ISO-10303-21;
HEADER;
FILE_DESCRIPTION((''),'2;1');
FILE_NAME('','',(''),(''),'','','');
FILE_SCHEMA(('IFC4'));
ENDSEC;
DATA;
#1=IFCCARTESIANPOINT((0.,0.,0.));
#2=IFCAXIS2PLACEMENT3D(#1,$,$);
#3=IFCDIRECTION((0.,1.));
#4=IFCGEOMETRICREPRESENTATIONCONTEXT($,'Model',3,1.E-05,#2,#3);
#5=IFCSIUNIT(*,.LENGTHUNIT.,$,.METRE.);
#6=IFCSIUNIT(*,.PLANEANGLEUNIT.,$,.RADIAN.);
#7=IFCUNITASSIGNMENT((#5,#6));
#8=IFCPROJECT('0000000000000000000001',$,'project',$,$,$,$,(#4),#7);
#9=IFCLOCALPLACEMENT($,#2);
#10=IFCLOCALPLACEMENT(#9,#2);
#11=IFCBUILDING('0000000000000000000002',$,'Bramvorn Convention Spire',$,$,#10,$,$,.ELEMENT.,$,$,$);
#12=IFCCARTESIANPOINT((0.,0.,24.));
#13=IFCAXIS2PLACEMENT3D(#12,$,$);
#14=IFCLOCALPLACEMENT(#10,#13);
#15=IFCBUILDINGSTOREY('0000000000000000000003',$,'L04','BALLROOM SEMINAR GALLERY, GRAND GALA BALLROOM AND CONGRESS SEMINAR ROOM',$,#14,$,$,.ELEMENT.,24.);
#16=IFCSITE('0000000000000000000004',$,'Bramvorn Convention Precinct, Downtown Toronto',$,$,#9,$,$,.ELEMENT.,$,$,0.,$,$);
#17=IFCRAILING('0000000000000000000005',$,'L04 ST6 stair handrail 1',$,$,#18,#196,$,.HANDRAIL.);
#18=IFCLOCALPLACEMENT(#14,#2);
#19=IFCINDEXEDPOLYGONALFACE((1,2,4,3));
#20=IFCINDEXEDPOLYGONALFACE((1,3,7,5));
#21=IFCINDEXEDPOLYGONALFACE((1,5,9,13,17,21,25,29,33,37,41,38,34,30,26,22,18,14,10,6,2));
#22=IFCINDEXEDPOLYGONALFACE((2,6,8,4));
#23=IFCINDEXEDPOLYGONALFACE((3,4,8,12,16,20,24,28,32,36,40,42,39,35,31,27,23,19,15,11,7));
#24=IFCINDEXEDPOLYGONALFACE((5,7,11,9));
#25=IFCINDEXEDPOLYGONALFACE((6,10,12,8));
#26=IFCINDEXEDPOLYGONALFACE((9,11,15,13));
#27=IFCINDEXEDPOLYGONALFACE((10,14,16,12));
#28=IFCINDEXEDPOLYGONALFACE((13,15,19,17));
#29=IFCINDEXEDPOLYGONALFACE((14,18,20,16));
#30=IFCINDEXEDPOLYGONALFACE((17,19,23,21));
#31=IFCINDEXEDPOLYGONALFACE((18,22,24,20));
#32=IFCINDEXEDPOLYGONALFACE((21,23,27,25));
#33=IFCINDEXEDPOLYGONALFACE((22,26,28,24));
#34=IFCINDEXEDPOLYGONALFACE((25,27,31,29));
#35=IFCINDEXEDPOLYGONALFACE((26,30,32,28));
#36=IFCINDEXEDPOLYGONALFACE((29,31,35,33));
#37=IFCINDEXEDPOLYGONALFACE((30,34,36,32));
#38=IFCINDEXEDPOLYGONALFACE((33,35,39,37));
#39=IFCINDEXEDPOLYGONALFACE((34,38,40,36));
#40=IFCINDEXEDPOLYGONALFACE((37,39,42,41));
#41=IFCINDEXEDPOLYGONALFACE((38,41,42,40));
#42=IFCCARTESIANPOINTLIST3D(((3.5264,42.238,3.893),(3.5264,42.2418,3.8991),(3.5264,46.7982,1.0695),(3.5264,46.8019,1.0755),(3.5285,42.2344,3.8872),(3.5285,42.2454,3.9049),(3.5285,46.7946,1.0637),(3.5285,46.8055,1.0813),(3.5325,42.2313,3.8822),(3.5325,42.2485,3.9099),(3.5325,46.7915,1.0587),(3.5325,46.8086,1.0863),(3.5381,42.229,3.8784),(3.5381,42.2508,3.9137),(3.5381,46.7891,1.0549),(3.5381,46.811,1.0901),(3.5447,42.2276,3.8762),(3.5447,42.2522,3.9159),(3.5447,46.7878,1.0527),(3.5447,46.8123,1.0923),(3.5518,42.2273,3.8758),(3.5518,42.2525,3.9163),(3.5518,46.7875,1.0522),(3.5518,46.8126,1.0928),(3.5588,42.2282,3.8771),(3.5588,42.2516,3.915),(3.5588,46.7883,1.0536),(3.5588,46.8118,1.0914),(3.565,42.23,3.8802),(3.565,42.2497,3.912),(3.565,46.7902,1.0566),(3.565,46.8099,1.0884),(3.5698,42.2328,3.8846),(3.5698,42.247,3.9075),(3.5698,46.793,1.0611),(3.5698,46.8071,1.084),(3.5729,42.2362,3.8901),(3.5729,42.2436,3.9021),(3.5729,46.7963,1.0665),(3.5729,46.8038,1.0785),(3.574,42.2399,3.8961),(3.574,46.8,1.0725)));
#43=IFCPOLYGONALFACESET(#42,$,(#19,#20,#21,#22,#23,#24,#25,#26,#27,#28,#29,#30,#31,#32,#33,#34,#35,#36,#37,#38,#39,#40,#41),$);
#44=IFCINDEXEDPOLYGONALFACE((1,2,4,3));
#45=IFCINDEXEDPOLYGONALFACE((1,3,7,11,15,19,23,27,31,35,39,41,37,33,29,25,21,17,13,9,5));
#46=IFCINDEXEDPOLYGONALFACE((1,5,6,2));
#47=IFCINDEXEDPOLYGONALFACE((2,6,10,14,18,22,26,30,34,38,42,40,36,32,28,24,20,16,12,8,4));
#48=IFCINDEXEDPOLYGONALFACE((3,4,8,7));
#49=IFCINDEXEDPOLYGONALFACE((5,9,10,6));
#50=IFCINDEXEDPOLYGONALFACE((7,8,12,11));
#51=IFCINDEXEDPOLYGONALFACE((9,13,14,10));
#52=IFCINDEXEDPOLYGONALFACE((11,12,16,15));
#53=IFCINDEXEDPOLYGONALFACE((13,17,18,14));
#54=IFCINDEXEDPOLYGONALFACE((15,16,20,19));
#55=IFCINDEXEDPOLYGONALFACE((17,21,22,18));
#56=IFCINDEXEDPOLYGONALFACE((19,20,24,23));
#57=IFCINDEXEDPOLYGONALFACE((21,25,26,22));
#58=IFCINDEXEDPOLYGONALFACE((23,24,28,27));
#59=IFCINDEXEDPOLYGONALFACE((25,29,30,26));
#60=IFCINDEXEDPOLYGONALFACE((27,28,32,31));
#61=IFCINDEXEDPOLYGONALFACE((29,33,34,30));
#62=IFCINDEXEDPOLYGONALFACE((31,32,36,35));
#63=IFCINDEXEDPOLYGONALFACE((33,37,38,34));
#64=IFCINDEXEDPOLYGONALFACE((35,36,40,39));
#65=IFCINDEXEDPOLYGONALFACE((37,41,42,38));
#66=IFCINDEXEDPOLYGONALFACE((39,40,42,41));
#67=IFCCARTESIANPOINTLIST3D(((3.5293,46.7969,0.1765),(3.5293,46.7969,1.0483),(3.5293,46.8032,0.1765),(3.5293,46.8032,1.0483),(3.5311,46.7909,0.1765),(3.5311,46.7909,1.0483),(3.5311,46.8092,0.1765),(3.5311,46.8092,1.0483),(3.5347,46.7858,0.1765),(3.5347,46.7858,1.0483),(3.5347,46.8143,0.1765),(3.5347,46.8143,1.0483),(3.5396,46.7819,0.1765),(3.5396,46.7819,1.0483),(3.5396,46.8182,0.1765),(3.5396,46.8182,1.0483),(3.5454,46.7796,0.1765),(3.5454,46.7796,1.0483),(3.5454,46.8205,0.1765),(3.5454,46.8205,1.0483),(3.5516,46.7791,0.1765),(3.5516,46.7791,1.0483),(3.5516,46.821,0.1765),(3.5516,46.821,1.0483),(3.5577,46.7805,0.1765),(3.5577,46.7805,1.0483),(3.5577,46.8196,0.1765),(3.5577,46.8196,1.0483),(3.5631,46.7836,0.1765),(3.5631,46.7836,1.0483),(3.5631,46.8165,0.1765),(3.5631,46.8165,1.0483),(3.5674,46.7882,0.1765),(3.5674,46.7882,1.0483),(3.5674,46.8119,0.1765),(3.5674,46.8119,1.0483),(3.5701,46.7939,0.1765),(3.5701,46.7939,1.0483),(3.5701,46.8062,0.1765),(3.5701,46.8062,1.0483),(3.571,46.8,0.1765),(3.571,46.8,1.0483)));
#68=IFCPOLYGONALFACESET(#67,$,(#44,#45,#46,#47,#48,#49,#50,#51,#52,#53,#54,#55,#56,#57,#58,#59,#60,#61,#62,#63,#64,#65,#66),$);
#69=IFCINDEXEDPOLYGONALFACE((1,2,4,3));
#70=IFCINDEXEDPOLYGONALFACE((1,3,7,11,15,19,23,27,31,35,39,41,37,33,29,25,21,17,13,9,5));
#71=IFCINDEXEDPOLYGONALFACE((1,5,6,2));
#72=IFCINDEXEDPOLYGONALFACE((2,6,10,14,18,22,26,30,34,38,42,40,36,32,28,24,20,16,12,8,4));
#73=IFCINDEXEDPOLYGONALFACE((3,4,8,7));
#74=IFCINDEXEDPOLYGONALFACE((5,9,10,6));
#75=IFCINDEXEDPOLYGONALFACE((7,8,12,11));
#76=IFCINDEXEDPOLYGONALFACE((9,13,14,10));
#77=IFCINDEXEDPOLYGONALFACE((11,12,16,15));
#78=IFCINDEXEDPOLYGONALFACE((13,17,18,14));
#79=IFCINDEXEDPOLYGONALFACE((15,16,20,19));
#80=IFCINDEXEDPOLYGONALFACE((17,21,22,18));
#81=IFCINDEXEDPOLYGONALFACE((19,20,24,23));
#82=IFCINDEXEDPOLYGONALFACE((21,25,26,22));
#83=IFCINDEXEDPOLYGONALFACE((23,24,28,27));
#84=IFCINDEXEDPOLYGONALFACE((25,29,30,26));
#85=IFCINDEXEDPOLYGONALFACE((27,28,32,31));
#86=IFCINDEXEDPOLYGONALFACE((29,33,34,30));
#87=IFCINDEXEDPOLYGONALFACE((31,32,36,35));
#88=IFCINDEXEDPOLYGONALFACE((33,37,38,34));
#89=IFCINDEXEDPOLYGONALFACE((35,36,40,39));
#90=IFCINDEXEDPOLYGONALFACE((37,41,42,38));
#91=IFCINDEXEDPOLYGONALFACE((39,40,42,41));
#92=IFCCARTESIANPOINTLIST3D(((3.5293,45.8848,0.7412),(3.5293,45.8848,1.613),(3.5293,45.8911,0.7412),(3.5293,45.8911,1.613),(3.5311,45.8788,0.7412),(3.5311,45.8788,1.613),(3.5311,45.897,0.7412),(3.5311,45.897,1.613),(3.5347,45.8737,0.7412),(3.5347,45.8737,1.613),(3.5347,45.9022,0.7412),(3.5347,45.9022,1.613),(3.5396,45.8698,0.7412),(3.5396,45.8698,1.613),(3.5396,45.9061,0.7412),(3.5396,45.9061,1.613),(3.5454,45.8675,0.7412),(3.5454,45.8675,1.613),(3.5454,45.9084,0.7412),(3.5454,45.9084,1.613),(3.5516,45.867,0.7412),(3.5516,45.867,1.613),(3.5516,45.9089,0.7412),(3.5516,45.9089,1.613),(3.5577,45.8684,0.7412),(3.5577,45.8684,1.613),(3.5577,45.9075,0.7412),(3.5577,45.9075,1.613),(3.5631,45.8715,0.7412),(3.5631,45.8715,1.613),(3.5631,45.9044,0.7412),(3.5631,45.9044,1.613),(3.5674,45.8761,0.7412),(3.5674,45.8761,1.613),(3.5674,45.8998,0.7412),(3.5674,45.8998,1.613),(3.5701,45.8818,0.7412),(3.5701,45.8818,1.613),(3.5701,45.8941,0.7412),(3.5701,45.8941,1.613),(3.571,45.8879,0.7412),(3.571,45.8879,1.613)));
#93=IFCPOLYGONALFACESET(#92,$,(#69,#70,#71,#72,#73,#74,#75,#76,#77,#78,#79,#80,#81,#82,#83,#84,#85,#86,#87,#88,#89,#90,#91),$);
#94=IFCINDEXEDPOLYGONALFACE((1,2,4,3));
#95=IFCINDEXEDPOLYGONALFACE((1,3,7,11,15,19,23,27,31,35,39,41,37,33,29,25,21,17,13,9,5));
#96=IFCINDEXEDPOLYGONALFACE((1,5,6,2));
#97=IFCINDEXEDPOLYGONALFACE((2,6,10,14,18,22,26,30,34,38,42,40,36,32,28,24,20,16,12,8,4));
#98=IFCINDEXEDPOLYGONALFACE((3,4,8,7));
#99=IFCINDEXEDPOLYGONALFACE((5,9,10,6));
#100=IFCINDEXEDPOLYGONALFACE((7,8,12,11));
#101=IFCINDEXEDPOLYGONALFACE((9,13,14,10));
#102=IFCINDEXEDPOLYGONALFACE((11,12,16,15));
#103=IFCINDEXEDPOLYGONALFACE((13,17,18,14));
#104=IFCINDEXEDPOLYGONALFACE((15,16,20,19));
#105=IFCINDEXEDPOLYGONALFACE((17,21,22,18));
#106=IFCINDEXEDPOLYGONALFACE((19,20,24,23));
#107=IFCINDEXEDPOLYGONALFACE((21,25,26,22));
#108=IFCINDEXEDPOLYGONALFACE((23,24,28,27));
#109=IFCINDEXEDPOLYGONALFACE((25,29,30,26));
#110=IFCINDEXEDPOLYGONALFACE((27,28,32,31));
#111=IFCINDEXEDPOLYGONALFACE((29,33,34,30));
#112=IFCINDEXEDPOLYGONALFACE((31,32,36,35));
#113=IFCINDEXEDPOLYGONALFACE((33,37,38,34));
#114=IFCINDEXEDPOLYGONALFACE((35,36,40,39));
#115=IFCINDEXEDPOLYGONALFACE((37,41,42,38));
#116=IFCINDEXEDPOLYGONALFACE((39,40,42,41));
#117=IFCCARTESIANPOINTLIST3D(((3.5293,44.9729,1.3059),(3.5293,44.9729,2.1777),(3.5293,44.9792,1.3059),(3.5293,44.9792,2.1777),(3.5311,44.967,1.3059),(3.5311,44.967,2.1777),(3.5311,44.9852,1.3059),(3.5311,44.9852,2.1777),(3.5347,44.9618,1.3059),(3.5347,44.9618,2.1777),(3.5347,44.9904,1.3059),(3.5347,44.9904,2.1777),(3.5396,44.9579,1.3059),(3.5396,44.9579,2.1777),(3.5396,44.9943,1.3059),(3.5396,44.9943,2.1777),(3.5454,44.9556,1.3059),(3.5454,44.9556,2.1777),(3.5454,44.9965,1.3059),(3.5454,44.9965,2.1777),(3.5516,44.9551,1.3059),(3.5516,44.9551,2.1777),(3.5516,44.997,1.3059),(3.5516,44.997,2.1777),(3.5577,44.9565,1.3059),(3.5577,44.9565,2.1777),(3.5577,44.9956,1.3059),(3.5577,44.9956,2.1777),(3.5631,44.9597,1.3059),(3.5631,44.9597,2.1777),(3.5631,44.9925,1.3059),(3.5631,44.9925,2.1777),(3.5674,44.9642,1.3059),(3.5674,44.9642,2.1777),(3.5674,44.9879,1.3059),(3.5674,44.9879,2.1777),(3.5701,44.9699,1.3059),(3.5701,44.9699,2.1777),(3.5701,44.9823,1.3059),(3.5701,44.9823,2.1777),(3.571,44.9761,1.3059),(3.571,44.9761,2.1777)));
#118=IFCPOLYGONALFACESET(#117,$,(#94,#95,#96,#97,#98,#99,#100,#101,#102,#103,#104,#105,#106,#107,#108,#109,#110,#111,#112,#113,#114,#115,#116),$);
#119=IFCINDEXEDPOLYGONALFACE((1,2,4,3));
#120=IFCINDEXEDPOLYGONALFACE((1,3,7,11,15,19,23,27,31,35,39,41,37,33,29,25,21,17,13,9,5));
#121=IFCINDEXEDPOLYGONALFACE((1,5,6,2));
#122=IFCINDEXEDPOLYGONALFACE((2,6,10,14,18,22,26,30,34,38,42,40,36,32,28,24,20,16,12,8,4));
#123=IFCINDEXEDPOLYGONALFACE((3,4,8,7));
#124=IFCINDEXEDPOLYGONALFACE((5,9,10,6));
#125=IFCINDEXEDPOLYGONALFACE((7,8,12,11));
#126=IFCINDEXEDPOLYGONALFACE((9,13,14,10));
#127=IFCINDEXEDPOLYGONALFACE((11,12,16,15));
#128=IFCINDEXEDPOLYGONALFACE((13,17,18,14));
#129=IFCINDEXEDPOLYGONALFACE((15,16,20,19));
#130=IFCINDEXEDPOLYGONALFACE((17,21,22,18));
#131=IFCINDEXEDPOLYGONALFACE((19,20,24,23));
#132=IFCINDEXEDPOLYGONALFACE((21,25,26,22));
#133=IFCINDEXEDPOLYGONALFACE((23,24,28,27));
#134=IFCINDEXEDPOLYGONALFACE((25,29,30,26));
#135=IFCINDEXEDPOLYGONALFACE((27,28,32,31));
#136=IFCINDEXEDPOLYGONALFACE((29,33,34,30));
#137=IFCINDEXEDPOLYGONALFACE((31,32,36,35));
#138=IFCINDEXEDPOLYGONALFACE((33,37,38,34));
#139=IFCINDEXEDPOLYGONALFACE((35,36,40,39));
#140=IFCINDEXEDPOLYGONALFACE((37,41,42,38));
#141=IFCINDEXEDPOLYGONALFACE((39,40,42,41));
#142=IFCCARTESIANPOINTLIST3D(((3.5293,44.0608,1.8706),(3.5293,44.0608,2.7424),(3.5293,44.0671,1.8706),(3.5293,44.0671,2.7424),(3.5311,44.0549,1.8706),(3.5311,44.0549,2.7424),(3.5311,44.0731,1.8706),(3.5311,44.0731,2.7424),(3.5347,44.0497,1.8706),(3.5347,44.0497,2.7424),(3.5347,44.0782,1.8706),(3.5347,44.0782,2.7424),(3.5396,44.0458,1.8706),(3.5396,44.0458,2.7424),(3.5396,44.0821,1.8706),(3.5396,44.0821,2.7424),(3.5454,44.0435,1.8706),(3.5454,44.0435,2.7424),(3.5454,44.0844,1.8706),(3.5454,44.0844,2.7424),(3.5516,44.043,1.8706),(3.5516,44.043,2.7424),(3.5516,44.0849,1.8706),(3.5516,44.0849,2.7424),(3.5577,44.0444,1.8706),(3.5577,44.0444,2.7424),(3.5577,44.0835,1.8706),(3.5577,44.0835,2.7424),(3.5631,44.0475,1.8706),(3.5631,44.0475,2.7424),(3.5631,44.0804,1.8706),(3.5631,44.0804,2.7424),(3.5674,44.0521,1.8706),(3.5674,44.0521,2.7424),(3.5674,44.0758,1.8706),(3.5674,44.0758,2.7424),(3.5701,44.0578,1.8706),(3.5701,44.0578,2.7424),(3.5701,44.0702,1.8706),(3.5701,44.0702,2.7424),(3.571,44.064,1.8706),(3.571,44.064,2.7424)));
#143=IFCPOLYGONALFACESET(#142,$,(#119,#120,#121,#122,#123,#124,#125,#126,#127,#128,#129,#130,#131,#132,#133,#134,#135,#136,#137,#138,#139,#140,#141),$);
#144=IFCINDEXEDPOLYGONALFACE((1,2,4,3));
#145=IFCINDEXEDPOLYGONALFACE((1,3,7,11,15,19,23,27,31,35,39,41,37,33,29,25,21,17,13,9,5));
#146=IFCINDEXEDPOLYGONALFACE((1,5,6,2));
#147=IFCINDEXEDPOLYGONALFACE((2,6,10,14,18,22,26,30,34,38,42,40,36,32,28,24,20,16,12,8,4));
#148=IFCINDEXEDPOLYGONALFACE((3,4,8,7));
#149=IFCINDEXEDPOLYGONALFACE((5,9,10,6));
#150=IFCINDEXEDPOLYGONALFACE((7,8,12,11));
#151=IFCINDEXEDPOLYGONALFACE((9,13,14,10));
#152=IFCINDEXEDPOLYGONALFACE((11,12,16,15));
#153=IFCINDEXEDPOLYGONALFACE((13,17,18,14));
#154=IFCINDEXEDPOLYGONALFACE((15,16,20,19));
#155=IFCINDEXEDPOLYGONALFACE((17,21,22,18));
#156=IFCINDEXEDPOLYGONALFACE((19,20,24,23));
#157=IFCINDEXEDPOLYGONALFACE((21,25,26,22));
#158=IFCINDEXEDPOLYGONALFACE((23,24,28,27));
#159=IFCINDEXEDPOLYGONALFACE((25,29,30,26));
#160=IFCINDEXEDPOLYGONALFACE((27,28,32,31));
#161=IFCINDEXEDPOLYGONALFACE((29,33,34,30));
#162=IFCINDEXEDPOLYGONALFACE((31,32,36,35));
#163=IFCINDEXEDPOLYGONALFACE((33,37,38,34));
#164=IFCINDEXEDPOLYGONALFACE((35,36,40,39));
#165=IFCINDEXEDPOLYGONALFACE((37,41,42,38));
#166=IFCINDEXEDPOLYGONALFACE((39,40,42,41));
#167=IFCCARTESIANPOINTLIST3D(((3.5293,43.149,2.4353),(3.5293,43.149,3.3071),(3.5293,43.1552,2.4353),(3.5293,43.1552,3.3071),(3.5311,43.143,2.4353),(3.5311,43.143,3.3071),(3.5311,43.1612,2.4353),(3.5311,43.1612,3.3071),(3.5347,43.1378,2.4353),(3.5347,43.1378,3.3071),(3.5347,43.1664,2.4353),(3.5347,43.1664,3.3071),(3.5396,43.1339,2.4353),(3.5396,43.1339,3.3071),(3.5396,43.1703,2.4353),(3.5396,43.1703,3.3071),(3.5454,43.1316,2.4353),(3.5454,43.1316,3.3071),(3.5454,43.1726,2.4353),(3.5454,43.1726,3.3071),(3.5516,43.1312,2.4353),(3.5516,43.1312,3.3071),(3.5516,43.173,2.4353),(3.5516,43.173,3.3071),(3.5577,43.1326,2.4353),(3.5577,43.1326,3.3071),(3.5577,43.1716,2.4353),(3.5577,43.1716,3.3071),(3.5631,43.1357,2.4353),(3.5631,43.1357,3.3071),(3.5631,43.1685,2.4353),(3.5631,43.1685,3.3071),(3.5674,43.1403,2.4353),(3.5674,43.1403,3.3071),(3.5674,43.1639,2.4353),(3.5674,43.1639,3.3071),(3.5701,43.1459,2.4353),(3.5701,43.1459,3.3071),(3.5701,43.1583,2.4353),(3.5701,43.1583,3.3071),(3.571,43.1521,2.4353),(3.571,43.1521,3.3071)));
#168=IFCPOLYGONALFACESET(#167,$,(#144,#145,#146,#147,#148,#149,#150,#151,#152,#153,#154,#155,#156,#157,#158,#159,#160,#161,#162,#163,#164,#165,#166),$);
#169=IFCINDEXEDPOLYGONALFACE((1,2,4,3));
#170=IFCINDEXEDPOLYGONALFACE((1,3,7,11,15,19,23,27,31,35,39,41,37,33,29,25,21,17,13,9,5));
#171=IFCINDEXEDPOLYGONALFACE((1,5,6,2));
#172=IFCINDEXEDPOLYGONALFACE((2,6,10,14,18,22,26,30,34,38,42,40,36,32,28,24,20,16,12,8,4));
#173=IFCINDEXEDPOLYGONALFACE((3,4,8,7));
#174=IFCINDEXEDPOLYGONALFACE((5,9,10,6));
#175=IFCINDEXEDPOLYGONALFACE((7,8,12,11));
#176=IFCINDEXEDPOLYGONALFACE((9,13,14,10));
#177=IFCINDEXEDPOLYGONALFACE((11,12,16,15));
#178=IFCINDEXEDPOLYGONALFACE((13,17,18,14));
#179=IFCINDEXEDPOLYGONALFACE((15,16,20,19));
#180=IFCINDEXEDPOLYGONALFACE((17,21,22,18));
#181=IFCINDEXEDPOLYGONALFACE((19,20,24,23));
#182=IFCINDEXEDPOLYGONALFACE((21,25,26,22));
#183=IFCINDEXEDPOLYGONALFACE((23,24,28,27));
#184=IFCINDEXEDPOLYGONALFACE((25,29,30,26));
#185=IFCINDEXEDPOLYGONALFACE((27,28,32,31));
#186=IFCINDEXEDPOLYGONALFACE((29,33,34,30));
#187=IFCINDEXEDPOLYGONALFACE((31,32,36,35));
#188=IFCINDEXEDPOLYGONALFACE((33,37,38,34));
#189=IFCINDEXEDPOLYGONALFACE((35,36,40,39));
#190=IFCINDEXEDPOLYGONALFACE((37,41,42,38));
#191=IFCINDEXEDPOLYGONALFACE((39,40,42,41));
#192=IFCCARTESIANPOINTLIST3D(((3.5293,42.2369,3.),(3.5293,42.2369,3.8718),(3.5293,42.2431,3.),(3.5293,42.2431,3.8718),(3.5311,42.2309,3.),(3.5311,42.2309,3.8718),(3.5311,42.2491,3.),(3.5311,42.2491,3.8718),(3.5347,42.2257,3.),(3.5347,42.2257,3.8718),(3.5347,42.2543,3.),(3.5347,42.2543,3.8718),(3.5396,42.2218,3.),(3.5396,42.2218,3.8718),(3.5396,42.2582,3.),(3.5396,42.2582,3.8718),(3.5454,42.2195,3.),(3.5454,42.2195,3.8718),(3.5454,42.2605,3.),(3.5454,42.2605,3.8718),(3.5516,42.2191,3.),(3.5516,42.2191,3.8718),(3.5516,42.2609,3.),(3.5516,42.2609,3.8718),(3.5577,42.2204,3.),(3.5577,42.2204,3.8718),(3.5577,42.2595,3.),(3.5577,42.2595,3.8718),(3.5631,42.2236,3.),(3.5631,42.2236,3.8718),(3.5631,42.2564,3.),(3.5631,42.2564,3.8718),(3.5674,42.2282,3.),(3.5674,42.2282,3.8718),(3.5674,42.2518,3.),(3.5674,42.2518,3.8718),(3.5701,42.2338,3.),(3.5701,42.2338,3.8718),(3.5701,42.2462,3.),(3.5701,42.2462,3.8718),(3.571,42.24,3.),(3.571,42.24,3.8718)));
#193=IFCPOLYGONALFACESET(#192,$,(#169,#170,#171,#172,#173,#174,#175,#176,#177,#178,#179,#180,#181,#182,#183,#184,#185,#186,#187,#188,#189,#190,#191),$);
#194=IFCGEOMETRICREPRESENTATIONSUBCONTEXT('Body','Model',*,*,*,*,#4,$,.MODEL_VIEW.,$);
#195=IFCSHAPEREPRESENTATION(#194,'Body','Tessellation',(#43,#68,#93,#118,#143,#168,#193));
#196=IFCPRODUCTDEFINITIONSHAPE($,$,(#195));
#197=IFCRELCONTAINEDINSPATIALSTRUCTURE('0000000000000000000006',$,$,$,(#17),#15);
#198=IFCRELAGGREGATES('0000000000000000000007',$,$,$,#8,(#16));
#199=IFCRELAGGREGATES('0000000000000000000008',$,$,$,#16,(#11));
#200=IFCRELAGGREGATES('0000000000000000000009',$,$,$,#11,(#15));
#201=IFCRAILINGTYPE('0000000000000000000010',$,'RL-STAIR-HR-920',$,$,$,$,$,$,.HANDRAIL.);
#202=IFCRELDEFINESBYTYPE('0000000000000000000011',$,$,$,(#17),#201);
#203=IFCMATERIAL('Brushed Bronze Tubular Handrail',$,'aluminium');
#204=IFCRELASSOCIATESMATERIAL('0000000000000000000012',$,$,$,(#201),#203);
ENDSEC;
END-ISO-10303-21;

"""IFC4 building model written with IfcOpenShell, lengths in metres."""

from ifc_helpers import new_model, si_unit, direction, frame, origin, origin_2d, place, context, subcontext, project, spatial, circle, extrude, material, type_object, element, save


model = new_model("IFC4")

# Units and contexts
model_context = context("Model", 3, precision=1e-05, world=origin(), true_north=direction((0.0, 1.0)))
body_context = subcontext(model_context, "Body", "Model", "MODEL_VIEW")
ifc_project = project(units=[si_unit("LENGTHUNIT", "METRE"), si_unit("PLANEANGLEUNIT", "RADIAN")], contexts=[model_context])

# Site, building, storey
site_placement = place(None, origin())
site = spatial("IfcSite", under=ifc_project, at=site_placement, Name="Bramvorn Convention Precinct, Downtown Toronto", CompositionType="ELEMENT", RefElevation=0.0)
building_placement = place(site_placement, origin())
building = spatial("IfcBuilding", under=site, at=building_placement, Name="Bramvorn Convention Spire", CompositionType="ELEMENT")
storey_placement = place(building_placement, frame((0.0, 0.0, 24.0)))
storey = spatial("IfcBuildingStorey", under=building, at=storey_placement, Name="L04", Description="BALLROOM SEMINAR GALLERY, GRAND GALA BALLROOM AND CONGRESS SEMINAR ROOM", CompositionType="ELEMENT", Elevation=24.0)

# Railing
ifc_material_1 = material(Name="Brushed Bronze Tubular Handrail", Category="aluminium")
railing_type_1 = type_object("IfcRailingType", Name="RL-STAIR-HR-920", PredefinedType="HANDRAIL", material=ifc_material_1)
railing_1_placement = place(storey_placement, frame((3.55, 46.8, 0.1765)))
element("IfcRailing", 1, at=railing_1_placement, inside=storey, type_object=railing_type_1, Name="L04 ST6 stair handrail 1", PredefinedType="HANDRAIL", context=body_context, shape_type="SweptSolid", body=[
    extrude(circle(Radius=0.0239, at=origin_2d()), frame((0.0, 0.0, 0.896), z_axis=(0.0, -0.850216, 0.526435), x_axis=(1.0, 0.0, 0.0)), (0.0, 0.0, 1.0), 5.3635),
    extrude(circle(Radius=0.021, at=origin_2d()), origin(), (0.0, 0.0, 1.0), 0.8718),
    extrude(circle(Radius=0.021, at=origin_2d()), frame((0.0, -0.9121, 0.5647)), (0.0, 0.0, 1.0), 0.8718),
    extrude(circle(Radius=0.021, at=origin_2d()), frame((0.0, -1.824, 1.1294)), (0.0, 0.0, 1.0), 0.8718),
    extrude(circle(Radius=0.021, at=origin_2d()), frame((0.0, -2.7361, 1.6941)), (0.0, 0.0, 1.0), 0.8718),
    extrude(circle(Radius=0.021, at=origin_2d()), frame((0.0, -3.6479, 2.2588)), (0.0, 0.0, 1.0), 0.8718),
    extrude(circle(Radius=0.021, at=origin_2d()), frame((0.0, -4.5601, 2.8235)), (0.0, 0.0, 1.0), 0.8718),
])

save(model, "model.ifc")
